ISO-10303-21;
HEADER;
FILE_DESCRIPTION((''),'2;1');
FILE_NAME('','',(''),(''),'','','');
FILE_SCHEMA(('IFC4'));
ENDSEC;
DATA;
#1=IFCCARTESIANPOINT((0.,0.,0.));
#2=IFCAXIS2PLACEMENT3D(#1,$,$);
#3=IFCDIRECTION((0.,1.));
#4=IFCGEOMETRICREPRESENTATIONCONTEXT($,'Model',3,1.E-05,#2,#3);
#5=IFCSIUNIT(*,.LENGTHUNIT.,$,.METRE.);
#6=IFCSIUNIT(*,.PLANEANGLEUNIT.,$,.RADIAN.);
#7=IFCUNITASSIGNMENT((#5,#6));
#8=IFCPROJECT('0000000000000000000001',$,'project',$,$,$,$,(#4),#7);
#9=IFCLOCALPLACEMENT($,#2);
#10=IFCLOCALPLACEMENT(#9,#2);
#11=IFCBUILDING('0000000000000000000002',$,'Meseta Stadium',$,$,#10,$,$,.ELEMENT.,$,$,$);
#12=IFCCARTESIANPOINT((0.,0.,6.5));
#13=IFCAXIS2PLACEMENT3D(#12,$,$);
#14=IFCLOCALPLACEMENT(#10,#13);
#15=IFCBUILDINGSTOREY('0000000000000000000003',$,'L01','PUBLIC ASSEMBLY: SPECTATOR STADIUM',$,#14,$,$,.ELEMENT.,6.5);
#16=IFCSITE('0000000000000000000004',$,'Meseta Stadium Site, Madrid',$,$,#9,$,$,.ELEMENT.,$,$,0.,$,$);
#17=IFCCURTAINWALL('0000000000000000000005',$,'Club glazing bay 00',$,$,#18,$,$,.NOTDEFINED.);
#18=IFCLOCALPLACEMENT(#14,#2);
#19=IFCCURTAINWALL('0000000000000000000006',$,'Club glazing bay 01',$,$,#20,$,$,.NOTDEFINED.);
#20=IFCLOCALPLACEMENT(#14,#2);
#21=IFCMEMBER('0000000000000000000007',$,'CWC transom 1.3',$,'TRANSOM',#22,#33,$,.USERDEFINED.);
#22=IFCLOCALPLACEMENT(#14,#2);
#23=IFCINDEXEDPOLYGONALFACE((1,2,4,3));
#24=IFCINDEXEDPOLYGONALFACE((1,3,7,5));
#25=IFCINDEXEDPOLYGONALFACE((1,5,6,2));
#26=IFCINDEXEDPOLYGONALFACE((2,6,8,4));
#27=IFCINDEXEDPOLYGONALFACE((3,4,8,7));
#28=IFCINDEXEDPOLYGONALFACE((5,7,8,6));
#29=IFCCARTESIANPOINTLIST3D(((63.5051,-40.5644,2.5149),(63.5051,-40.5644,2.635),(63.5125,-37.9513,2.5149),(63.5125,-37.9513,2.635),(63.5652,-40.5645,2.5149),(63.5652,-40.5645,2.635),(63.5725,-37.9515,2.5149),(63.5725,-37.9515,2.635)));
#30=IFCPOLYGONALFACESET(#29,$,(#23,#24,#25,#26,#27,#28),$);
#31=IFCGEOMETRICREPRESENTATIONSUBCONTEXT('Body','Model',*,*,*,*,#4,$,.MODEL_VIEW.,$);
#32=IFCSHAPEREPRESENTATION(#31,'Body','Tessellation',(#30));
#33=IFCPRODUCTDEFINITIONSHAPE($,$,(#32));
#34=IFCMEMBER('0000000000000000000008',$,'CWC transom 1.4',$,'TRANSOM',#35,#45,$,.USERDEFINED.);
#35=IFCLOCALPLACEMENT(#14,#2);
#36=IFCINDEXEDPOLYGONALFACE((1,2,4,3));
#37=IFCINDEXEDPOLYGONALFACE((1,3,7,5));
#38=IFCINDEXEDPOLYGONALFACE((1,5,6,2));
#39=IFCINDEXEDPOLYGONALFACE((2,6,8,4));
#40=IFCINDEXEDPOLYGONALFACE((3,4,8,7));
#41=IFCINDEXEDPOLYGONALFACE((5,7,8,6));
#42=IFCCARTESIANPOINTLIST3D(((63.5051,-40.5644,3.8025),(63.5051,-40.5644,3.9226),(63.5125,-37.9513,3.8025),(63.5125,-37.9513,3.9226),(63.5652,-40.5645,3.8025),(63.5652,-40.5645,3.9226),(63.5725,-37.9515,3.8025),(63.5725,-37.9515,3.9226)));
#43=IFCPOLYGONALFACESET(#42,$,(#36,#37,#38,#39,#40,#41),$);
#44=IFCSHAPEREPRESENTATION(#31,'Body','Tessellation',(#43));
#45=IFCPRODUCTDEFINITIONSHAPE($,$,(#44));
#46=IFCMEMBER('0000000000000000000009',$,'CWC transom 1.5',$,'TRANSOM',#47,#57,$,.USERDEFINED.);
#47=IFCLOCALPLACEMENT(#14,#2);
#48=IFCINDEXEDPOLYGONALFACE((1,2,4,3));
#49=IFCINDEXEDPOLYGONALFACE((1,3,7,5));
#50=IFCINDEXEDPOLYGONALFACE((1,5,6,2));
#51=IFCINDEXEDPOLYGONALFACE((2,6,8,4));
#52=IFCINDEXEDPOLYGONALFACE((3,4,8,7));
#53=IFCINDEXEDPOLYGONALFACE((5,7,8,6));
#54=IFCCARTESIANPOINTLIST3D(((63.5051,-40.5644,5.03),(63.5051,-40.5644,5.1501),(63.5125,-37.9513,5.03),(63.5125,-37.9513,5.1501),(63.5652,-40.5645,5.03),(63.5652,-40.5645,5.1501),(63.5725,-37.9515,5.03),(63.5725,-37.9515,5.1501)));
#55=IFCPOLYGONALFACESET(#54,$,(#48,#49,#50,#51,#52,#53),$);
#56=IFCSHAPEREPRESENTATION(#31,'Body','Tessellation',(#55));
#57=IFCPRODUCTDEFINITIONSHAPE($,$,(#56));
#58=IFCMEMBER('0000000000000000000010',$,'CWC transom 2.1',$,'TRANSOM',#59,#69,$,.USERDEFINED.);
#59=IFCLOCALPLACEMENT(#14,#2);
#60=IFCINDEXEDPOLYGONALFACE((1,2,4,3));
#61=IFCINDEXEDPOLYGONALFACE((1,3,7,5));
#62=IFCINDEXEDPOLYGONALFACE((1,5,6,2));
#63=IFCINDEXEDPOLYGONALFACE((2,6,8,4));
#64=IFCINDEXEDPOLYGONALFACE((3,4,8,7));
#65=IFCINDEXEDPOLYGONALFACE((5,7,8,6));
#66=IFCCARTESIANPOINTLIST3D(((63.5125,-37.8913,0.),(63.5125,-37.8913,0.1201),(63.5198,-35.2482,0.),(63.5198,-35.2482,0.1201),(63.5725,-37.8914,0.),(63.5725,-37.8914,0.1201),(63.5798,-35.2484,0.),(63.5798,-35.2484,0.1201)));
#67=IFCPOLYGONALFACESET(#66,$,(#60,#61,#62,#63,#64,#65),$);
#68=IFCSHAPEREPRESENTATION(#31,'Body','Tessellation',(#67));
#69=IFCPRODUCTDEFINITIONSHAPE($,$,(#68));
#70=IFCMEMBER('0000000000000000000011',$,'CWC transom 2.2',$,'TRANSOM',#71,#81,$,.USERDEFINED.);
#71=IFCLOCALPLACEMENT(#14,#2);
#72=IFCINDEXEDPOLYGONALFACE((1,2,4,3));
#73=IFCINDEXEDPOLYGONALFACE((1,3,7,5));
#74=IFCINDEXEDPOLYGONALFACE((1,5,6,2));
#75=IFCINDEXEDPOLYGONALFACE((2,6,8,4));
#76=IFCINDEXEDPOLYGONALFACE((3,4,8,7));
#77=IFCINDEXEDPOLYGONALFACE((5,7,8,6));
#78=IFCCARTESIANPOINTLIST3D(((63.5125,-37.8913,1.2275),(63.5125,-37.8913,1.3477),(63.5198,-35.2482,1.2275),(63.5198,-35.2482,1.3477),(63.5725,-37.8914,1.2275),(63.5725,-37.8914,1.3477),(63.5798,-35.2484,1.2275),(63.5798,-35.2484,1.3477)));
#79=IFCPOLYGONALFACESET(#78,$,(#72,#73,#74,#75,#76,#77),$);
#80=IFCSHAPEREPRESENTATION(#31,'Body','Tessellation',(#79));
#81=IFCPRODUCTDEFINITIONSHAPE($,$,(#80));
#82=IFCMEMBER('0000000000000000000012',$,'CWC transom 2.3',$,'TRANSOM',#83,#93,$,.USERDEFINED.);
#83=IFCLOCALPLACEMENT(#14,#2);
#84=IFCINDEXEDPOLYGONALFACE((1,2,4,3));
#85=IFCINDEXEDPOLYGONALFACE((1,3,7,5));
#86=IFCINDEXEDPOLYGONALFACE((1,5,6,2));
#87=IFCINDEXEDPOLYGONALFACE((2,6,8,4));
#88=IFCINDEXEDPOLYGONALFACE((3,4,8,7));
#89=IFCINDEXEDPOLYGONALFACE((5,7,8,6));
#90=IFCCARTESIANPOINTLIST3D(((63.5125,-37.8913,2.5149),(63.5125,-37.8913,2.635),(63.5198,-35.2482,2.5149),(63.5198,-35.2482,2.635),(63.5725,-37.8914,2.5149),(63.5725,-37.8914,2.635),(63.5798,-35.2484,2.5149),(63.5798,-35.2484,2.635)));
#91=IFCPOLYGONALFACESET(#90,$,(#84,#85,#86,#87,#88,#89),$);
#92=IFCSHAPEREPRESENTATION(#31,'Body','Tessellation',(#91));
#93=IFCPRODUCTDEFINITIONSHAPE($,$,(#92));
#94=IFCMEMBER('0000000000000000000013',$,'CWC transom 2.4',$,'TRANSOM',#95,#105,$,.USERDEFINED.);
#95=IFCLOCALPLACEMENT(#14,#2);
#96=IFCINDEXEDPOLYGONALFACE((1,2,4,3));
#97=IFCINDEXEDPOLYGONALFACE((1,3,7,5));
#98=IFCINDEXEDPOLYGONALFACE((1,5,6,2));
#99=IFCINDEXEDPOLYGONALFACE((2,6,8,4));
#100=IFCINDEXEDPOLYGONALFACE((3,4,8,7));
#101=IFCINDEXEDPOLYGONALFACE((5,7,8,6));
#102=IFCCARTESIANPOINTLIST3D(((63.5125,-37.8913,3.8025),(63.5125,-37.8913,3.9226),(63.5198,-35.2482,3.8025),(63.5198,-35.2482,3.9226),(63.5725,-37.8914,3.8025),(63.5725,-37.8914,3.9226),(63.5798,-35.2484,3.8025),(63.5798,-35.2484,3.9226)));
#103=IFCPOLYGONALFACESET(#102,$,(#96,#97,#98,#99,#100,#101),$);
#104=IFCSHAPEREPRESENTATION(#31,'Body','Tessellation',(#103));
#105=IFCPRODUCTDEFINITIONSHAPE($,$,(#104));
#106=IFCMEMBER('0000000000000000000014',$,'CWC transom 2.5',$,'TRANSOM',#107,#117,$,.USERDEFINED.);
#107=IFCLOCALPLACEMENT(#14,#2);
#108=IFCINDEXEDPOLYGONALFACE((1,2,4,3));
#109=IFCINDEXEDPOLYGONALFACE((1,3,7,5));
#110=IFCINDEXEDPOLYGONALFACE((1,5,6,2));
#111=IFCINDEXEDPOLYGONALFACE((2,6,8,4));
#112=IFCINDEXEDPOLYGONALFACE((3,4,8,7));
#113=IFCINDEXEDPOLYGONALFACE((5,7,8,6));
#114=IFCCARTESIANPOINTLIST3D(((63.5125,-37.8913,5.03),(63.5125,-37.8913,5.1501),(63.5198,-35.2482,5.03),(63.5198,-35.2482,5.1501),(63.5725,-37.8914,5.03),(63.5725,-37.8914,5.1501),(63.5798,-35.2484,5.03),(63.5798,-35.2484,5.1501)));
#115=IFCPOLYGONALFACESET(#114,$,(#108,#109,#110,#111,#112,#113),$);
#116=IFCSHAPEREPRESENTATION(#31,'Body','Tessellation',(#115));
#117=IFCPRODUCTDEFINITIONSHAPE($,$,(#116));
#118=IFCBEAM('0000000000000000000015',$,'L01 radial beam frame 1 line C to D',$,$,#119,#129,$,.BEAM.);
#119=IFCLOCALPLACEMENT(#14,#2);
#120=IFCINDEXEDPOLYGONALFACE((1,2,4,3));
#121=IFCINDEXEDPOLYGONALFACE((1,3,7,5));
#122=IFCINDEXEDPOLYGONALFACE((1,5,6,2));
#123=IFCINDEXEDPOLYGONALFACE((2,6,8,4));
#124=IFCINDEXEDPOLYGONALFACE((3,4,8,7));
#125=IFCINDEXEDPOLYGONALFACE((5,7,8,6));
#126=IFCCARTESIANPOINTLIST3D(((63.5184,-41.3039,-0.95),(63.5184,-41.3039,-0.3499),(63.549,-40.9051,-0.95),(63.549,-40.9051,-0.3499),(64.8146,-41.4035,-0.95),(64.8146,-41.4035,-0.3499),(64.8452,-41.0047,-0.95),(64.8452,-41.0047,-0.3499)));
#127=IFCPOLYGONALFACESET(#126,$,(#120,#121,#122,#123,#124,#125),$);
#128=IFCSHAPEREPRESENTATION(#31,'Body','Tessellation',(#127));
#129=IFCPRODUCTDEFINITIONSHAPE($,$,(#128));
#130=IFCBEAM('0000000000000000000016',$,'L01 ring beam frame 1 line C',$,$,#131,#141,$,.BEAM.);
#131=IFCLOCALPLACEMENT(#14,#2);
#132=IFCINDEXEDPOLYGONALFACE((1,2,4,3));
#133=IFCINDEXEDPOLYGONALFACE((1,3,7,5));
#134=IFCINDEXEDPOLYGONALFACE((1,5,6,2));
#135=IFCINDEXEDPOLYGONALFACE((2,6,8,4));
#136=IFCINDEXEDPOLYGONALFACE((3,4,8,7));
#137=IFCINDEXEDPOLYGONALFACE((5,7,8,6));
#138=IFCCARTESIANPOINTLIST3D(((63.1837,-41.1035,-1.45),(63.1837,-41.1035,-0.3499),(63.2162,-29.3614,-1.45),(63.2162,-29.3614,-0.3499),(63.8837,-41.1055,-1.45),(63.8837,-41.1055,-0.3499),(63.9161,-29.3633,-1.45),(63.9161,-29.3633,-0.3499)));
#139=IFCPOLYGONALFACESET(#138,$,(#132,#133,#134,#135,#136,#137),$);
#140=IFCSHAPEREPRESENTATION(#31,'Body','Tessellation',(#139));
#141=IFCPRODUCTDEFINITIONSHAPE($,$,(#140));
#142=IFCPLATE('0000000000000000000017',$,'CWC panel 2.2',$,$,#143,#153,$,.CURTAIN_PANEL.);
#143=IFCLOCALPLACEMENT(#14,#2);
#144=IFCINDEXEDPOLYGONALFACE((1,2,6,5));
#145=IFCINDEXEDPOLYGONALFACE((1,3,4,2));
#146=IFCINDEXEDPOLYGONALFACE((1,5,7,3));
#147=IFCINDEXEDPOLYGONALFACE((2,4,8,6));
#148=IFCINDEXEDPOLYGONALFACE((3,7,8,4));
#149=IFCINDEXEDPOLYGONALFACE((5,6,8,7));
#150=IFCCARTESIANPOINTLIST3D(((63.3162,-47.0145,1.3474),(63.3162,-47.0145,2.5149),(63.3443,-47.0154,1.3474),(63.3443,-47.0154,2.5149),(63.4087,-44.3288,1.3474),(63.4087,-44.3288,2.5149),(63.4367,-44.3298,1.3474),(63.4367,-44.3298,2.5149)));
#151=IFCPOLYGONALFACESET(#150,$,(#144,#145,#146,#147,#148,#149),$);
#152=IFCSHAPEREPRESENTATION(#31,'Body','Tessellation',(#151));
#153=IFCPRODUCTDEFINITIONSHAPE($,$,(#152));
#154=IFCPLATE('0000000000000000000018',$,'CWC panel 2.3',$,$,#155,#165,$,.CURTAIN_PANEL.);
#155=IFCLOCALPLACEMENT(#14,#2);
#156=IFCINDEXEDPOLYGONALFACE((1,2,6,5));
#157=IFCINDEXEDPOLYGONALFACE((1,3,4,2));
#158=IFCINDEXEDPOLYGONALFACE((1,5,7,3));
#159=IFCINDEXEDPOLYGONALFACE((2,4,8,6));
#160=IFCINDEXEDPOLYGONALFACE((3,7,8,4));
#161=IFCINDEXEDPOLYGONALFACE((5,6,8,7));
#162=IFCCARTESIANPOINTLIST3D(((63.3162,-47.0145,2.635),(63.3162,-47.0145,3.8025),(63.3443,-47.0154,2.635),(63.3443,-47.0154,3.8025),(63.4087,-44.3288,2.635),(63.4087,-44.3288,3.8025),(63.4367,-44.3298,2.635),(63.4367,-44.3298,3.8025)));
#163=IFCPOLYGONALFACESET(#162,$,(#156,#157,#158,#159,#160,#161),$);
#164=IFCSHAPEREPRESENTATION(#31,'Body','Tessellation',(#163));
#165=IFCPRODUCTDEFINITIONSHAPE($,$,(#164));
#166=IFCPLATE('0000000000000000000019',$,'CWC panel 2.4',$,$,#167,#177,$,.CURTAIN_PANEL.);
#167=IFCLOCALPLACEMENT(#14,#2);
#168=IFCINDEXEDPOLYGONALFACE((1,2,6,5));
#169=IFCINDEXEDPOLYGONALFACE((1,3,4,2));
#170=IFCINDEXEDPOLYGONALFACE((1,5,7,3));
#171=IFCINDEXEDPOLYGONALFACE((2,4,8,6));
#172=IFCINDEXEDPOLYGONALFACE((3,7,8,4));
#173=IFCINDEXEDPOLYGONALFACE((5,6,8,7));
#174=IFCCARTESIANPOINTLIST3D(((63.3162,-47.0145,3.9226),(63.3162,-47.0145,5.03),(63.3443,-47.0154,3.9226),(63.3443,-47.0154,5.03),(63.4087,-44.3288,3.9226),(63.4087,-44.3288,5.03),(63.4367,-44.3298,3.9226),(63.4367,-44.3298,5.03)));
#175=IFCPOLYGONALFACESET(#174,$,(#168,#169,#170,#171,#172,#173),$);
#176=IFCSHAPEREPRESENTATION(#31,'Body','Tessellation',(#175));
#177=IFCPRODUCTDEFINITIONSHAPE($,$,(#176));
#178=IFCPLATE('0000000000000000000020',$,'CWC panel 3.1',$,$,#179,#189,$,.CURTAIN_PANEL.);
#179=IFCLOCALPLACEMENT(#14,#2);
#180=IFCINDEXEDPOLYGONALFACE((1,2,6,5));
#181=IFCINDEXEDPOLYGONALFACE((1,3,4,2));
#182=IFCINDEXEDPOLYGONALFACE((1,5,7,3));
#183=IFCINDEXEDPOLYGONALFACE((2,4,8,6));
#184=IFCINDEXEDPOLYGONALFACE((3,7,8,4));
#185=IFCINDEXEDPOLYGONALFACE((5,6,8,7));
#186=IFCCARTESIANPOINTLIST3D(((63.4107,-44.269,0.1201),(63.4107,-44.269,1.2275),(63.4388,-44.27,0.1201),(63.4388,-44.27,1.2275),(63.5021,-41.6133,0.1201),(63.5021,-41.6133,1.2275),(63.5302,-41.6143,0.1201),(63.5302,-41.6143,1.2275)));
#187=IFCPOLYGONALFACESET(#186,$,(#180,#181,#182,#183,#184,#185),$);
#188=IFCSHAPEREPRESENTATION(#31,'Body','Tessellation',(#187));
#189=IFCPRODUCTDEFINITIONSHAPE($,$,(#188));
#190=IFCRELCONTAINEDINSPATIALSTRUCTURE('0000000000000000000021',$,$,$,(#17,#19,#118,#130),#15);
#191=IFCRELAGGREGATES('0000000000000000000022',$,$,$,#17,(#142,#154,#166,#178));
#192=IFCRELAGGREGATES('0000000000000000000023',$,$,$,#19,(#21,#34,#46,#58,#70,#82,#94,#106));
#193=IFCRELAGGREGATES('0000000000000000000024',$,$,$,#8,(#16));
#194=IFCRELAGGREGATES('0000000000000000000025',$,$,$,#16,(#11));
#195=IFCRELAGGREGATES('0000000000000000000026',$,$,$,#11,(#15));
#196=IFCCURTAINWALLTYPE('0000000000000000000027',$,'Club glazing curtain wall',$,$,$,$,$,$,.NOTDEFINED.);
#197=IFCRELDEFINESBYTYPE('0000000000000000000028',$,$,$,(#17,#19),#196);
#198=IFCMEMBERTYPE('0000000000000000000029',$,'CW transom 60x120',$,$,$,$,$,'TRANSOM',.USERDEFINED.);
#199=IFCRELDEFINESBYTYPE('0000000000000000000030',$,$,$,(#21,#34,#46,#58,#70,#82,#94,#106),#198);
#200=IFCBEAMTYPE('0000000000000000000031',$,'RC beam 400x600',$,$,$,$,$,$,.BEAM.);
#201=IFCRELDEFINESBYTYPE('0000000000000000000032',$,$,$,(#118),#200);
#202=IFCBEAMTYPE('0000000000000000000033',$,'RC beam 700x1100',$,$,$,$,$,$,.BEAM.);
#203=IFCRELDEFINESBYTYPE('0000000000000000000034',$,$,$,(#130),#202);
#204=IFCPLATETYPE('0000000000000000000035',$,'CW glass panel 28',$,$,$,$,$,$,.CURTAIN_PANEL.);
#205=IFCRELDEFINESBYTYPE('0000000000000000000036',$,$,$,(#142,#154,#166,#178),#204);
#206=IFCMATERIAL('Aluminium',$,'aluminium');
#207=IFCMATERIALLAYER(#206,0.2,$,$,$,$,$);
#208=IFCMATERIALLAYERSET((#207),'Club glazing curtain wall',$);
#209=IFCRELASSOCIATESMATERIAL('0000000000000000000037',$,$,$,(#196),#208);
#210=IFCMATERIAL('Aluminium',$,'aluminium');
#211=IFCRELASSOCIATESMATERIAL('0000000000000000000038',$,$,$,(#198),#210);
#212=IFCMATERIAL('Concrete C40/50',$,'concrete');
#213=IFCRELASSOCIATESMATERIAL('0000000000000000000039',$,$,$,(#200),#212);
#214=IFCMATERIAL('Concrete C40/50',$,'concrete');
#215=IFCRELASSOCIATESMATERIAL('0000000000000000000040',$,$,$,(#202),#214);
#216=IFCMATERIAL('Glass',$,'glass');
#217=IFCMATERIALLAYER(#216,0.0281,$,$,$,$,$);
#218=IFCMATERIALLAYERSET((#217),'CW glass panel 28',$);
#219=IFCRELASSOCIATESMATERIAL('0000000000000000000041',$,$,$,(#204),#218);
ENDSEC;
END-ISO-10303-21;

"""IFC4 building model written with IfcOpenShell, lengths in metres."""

from ifc_helpers import new_model, si_unit, direction, frame, origin, origin_2d, place, context, subcontext, project, spatial, rectangle, extrude, material, layer, layer_set, material_profile, profile_set, type_object, element, aggregate, save


model = new_model("IFC4")

# Units and contexts
model_context = context("Model", 3, precision=1e-05, world=origin(), true_north=direction((0.0, 1.0)))
body_context = subcontext(model_context, "Body", "Model", "MODEL_VIEW")
ifc_project = project(units=[si_unit("LENGTHUNIT", "METRE"), si_unit("PLANEANGLEUNIT", "RADIAN")], contexts=[model_context])

# Site, building, storey
site_placement = place(None, origin())
site = spatial("IfcSite", under=ifc_project, at=site_placement, Name="Meseta Stadium Site, Madrid", CompositionType="ELEMENT", RefElevation=0.0)
building_placement = place(site_placement, origin())
building = spatial("IfcBuilding", under=site, at=building_placement, Name="Meseta Stadium", CompositionType="ELEMENT")
storey_placement = place(building_placement, frame((0.0, 0.0, 6.5)))
storey = spatial("IfcBuildingStorey", under=building, at=storey_placement, Name="L01", Description="PUBLIC ASSEMBLY: SPECTATOR STADIUM", CompositionType="ELEMENT", Elevation=6.5)

# Curtain walls
ifc_material_1 = material(Name="Aluminium", Category="aluminium")
ifc_layer_1 = layer(ifc_material_1, 0.2)
ifc_layer_set_1 = layer_set([ifc_layer_1], Name="Club glazing curtain wall")
curtain_wall_type = type_object("IfcCurtainWallType", Name="Club glazing curtain wall", PredefinedType="NOTDEFINED", material=ifc_layer_set_1)
curtain_wall_1_placement = place(storey_placement, origin())
curtain_wall_1 = element("IfcCurtainWall", 1, at=curtain_wall_1_placement, inside=storey, type_object=curtain_wall_type, Name="Club glazing bay 00", PredefinedType="NOTDEFINED")
curtain_wall_2_placement = place(storey_placement, origin())
curtain_wall_2 = element("IfcCurtainWall", 2, at=curtain_wall_2_placement, inside=storey, type_object=curtain_wall_type, Name="Club glazing bay 01", PredefinedType="NOTDEFINED")

# Members
ifc_material_2 = material(Name="Aluminium", Category="aluminium")
ifc_material_profile_1 = material_profile(ifc_material_2, rectangle(XDim=0.0601, YDim=0.1201, at=origin_2d()), Name="CW 60x120")
ifc_profile_set_1 = profile_set([ifc_material_profile_1], Name="Aluminium")
member_type_1 = type_object("IfcMemberType", Name="CW transom 60x120", ElementType="TRANSOM", PredefinedType="USERDEFINED", material=ifc_profile_set_1)
member_1_placement = place(storey_placement, frame((63.5352, -40.5645, 2.575), z_axis=(0.002803, 0.999996, 0.0), x_axis=(-0.999996, 0.002803, 0.0)))
member_1 = element("IfcMember", 3, at=member_1_placement, type_object=member_type_1, Name="CWC transom 1.3", ObjectType="TRANSOM", PredefinedType="USERDEFINED", context=body_context, shape_type="SweptSolid", body=[
    extrude(rectangle(XDim=0.0601, YDim=0.1201, at=origin_2d()), origin(), (0.0, 0.0, 1.0), 2.613),
])
member_2_placement = place(storey_placement, frame((63.5352, -40.5645, 3.8625), z_axis=(0.002803, 0.999996, 0.0), x_axis=(-0.999996, 0.002803, 0.0)))
member_2 = element("IfcMember", 4, at=member_2_placement, type_object=member_type_1, Name="CWC transom 1.4", ObjectType="TRANSOM", PredefinedType="USERDEFINED", context=body_context, shape_type="SweptSolid", body=[
    extrude(rectangle(XDim=0.0601, YDim=0.1201, at=origin_2d()), origin(), (0.0, 0.0, 1.0), 2.613),
])
member_3_placement = place(storey_placement, frame((63.5352, -40.5645, 5.0901), z_axis=(0.002803, 0.999996, 0.0), x_axis=(-0.999996, 0.002803, 0.0)))
member_3 = element("IfcMember", 5, at=member_3_placement, type_object=member_type_1, Name="CWC transom 1.5", ObjectType="TRANSOM", PredefinedType="USERDEFINED", context=body_context, shape_type="SweptSolid", body=[
    extrude(rectangle(XDim=0.0601, YDim=0.1201, at=origin_2d()), origin(), (0.0, 0.0, 1.0), 2.613),
])
member_4_placement = place(storey_placement, frame((63.5425, -37.8914, 0.0601), z_axis=(0.002771, 0.999996, 0.0), x_axis=(-0.999996, 0.002771, 0.0)))
member_4 = element("IfcMember", 6, at=member_4_placement, type_object=member_type_1, Name="CWC transom 2.1", ObjectType="TRANSOM", PredefinedType="USERDEFINED", context=body_context, shape_type="SweptSolid", body=[
    extrude(rectangle(XDim=0.0601, YDim=0.1201, at=origin_2d()), origin(), (0.0, 0.0, 1.0), 2.6431),
])
member_5_placement = place(storey_placement, frame((63.5425, -37.8914, 1.2876), z_axis=(0.002771, 0.999996, 0.0), x_axis=(-0.999996, 0.002771, 0.0)))
member_5 = element("IfcMember", 7, at=member_5_placement, type_object=member_type_1, Name="CWC transom 2.2", ObjectType="TRANSOM", PredefinedType="USERDEFINED", context=body_context, shape_type="SweptSolid", body=[
    extrude(rectangle(XDim=0.0601, YDim=0.1201, at=origin_2d()), origin(), (0.0, 0.0, 1.0), 2.6431),
])
member_6_placement = place(storey_placement, frame((63.5425, -37.8914, 2.575), z_axis=(0.002771, 0.999996, 0.0), x_axis=(-0.999996, 0.002771, 0.0)))
member_6 = element("IfcMember", 8, at=member_6_placement, type_object=member_type_1, Name="CWC transom 2.3", ObjectType="TRANSOM", PredefinedType="USERDEFINED", context=body_context, shape_type="SweptSolid", body=[
    extrude(rectangle(XDim=0.0601, YDim=0.1201, at=origin_2d()), origin(), (0.0, 0.0, 1.0), 2.6431),
])
member_7_placement = place(storey_placement, frame((63.5425, -37.8914, 3.8625), z_axis=(0.002771, 0.999996, 0.0), x_axis=(-0.999996, 0.002771, 0.0)))
member_7 = element("IfcMember", 9, at=member_7_placement, type_object=member_type_1, Name="CWC transom 2.4", ObjectType="TRANSOM", PredefinedType="USERDEFINED", context=body_context, shape_type="SweptSolid", body=[
    extrude(rectangle(XDim=0.0601, YDim=0.1201, at=origin_2d()), origin(), (0.0, 0.0, 1.0), 2.6431),
])
member_8_placement = place(storey_placement, frame((63.5425, -37.8914, 5.0901), z_axis=(0.002771, 0.999996, 0.0), x_axis=(-0.999996, 0.002771, 0.0)))
member_8 = element("IfcMember", 10, at=member_8_placement, type_object=member_type_1, Name="CWC transom 2.5", ObjectType="TRANSOM", PredefinedType="USERDEFINED", context=body_context, shape_type="SweptSolid", body=[
    extrude(rectangle(XDim=0.0601, YDim=0.1201, at=origin_2d()), origin(), (0.0, 0.0, 1.0), 2.6431),
])

# Beams
ifc_material_3 = material(Name="Concrete C40/50", Category="concrete")
ifc_material_profile_2 = material_profile(ifc_material_3, rectangle(XDim=0.3999, YDim=0.6001, at=origin_2d()), Name="RC 400x600")
ifc_profile_set_2 = profile_set([ifc_material_profile_2], Name="Concrete C40/50")
beam_type_1 = type_object("IfcBeamType", Name="RC beam 400x600", PredefinedType="BEAM", material=ifc_profile_set_2)
beam_1_placement = place(storey_placement, frame((63.5337, -41.1045, -0.6499), z_axis=(0.99706, -0.076625, 0.0), x_axis=(0.076625, 0.99706, 0.0)))
element("IfcBeam", 11, at=beam_1_placement, inside=storey, type_object=beam_type_1, Name="L01 radial beam frame 1 line C to D", PredefinedType="BEAM", context=body_context, shape_type="SweptSolid", body=[
    extrude(rectangle(XDim=0.3999, YDim=0.6001, at=origin_2d()), origin(), (0.0, 0.0, 1.0), 1.3),
])
ifc_material_4 = material(Name="Concrete C40/50", Category="concrete")
ifc_material_profile_3 = material_profile(ifc_material_4, rectangle(XDim=0.7, YDim=1.1001, at=origin_2d()), Name="RC 700x1100")
ifc_profile_set_3 = profile_set([ifc_material_profile_3], Name="Concrete C40/50")
beam_type_2 = type_object("IfcBeamType", Name="RC beam 700x1100", PredefinedType="BEAM", material=ifc_profile_set_3)
beam_2_placement = place(storey_placement, frame((63.5337, -41.1045, -0.8999), z_axis=(0.002765, 0.999996, 0.0), x_axis=(-0.999996, 0.002765, 0.0)))
element("IfcBeam", 12, at=beam_2_placement, inside=storey, type_object=beam_type_2, Name="L01 ring beam frame 1 line C", PredefinedType="BEAM", context=body_context, shape_type="SweptSolid", body=[
    extrude(rectangle(XDim=0.7, YDim=1.1001, at=origin_2d()), origin(), (0.0, 0.0, 1.0), 11.7422),
])

# Plates
ifc_material_5 = material(Name="Glass", Category="glass")
ifc_layer_2 = layer(ifc_material_5, 0.0281)
ifc_layer_set_2 = layer_set([ifc_layer_2], Name="CW glass panel 28")
plate_type = type_object("IfcPlateType", Name="CW glass panel 28", PredefinedType="CURTAIN_PANEL", material=ifc_layer_set_2)
plate_1_placement = place(storey_placement, frame((63.3765, -45.6721, 1.3474), z_axis=(0.0, 0.0, 1.0), x_axis=(0.034398, 0.999408, 0.0)))
plate_1 = element("IfcPlate", 13, at=plate_1_placement, type_object=plate_type, Name="CWC panel 2.2", PredefinedType="CURTAIN_PANEL", context=body_context, shape_type="SweptSolid", body=[
    extrude(rectangle(XDim=2.6873, YDim=0.0281, at=origin_2d()), origin(), (0.0, 0.0, 1.0), 1.1675),
])
plate_2_placement = place(storey_placement, frame((63.3765, -45.6721, 2.635), z_axis=(0.0, 0.0, 1.0), x_axis=(0.034398, 0.999408, 0.0)))
plate_2 = element("IfcPlate", 14, at=plate_2_placement, type_object=plate_type, Name="CWC panel 2.3", PredefinedType="CURTAIN_PANEL", context=body_context, shape_type="SweptSolid", body=[
    extrude(rectangle(XDim=2.6873, YDim=0.0281, at=origin_2d()), origin(), (0.0, 0.0, 1.0), 1.1675),
])
plate_3_placement = place(storey_placement, frame((63.3765, -45.6721, 3.9226), z_axis=(0.0, 0.0, 1.0), x_axis=(0.034398, 0.999408, 0.0)))
plate_3 = element("IfcPlate", 15, at=plate_3_placement, type_object=plate_type, Name="CWC panel 2.4", PredefinedType="CURTAIN_PANEL", context=body_context, shape_type="SweptSolid", body=[
    extrude(rectangle(XDim=2.6873, YDim=0.0281, at=origin_2d()), origin(), (0.0, 0.0, 1.0), 1.1074),
])
plate_4_placement = place(storey_placement, frame((63.4705, -42.9417, 0.1201), z_axis=(0.0, 0.0, 1.0), x_axis=(0.034398, 0.999408, 0.0)))
plate_4 = element("IfcPlate", 16, at=plate_4_placement, type_object=plate_type, Name="CWC panel 3.1", PredefinedType="CURTAIN_PANEL", context=body_context, shape_type="SweptSolid", body=[
    extrude(rectangle(XDim=2.6572, YDim=0.0281, at=origin_2d()), origin(), (0.0, 0.0, 1.0), 1.1074),
])
aggregate(curtain_wall_1, [plate_1, plate_2, plate_3, plate_4])
aggregate(curtain_wall_2, [member_1, member_2, member_3, member_4, member_5, member_6, member_7, member_8])

save(model, "model.ifc")
